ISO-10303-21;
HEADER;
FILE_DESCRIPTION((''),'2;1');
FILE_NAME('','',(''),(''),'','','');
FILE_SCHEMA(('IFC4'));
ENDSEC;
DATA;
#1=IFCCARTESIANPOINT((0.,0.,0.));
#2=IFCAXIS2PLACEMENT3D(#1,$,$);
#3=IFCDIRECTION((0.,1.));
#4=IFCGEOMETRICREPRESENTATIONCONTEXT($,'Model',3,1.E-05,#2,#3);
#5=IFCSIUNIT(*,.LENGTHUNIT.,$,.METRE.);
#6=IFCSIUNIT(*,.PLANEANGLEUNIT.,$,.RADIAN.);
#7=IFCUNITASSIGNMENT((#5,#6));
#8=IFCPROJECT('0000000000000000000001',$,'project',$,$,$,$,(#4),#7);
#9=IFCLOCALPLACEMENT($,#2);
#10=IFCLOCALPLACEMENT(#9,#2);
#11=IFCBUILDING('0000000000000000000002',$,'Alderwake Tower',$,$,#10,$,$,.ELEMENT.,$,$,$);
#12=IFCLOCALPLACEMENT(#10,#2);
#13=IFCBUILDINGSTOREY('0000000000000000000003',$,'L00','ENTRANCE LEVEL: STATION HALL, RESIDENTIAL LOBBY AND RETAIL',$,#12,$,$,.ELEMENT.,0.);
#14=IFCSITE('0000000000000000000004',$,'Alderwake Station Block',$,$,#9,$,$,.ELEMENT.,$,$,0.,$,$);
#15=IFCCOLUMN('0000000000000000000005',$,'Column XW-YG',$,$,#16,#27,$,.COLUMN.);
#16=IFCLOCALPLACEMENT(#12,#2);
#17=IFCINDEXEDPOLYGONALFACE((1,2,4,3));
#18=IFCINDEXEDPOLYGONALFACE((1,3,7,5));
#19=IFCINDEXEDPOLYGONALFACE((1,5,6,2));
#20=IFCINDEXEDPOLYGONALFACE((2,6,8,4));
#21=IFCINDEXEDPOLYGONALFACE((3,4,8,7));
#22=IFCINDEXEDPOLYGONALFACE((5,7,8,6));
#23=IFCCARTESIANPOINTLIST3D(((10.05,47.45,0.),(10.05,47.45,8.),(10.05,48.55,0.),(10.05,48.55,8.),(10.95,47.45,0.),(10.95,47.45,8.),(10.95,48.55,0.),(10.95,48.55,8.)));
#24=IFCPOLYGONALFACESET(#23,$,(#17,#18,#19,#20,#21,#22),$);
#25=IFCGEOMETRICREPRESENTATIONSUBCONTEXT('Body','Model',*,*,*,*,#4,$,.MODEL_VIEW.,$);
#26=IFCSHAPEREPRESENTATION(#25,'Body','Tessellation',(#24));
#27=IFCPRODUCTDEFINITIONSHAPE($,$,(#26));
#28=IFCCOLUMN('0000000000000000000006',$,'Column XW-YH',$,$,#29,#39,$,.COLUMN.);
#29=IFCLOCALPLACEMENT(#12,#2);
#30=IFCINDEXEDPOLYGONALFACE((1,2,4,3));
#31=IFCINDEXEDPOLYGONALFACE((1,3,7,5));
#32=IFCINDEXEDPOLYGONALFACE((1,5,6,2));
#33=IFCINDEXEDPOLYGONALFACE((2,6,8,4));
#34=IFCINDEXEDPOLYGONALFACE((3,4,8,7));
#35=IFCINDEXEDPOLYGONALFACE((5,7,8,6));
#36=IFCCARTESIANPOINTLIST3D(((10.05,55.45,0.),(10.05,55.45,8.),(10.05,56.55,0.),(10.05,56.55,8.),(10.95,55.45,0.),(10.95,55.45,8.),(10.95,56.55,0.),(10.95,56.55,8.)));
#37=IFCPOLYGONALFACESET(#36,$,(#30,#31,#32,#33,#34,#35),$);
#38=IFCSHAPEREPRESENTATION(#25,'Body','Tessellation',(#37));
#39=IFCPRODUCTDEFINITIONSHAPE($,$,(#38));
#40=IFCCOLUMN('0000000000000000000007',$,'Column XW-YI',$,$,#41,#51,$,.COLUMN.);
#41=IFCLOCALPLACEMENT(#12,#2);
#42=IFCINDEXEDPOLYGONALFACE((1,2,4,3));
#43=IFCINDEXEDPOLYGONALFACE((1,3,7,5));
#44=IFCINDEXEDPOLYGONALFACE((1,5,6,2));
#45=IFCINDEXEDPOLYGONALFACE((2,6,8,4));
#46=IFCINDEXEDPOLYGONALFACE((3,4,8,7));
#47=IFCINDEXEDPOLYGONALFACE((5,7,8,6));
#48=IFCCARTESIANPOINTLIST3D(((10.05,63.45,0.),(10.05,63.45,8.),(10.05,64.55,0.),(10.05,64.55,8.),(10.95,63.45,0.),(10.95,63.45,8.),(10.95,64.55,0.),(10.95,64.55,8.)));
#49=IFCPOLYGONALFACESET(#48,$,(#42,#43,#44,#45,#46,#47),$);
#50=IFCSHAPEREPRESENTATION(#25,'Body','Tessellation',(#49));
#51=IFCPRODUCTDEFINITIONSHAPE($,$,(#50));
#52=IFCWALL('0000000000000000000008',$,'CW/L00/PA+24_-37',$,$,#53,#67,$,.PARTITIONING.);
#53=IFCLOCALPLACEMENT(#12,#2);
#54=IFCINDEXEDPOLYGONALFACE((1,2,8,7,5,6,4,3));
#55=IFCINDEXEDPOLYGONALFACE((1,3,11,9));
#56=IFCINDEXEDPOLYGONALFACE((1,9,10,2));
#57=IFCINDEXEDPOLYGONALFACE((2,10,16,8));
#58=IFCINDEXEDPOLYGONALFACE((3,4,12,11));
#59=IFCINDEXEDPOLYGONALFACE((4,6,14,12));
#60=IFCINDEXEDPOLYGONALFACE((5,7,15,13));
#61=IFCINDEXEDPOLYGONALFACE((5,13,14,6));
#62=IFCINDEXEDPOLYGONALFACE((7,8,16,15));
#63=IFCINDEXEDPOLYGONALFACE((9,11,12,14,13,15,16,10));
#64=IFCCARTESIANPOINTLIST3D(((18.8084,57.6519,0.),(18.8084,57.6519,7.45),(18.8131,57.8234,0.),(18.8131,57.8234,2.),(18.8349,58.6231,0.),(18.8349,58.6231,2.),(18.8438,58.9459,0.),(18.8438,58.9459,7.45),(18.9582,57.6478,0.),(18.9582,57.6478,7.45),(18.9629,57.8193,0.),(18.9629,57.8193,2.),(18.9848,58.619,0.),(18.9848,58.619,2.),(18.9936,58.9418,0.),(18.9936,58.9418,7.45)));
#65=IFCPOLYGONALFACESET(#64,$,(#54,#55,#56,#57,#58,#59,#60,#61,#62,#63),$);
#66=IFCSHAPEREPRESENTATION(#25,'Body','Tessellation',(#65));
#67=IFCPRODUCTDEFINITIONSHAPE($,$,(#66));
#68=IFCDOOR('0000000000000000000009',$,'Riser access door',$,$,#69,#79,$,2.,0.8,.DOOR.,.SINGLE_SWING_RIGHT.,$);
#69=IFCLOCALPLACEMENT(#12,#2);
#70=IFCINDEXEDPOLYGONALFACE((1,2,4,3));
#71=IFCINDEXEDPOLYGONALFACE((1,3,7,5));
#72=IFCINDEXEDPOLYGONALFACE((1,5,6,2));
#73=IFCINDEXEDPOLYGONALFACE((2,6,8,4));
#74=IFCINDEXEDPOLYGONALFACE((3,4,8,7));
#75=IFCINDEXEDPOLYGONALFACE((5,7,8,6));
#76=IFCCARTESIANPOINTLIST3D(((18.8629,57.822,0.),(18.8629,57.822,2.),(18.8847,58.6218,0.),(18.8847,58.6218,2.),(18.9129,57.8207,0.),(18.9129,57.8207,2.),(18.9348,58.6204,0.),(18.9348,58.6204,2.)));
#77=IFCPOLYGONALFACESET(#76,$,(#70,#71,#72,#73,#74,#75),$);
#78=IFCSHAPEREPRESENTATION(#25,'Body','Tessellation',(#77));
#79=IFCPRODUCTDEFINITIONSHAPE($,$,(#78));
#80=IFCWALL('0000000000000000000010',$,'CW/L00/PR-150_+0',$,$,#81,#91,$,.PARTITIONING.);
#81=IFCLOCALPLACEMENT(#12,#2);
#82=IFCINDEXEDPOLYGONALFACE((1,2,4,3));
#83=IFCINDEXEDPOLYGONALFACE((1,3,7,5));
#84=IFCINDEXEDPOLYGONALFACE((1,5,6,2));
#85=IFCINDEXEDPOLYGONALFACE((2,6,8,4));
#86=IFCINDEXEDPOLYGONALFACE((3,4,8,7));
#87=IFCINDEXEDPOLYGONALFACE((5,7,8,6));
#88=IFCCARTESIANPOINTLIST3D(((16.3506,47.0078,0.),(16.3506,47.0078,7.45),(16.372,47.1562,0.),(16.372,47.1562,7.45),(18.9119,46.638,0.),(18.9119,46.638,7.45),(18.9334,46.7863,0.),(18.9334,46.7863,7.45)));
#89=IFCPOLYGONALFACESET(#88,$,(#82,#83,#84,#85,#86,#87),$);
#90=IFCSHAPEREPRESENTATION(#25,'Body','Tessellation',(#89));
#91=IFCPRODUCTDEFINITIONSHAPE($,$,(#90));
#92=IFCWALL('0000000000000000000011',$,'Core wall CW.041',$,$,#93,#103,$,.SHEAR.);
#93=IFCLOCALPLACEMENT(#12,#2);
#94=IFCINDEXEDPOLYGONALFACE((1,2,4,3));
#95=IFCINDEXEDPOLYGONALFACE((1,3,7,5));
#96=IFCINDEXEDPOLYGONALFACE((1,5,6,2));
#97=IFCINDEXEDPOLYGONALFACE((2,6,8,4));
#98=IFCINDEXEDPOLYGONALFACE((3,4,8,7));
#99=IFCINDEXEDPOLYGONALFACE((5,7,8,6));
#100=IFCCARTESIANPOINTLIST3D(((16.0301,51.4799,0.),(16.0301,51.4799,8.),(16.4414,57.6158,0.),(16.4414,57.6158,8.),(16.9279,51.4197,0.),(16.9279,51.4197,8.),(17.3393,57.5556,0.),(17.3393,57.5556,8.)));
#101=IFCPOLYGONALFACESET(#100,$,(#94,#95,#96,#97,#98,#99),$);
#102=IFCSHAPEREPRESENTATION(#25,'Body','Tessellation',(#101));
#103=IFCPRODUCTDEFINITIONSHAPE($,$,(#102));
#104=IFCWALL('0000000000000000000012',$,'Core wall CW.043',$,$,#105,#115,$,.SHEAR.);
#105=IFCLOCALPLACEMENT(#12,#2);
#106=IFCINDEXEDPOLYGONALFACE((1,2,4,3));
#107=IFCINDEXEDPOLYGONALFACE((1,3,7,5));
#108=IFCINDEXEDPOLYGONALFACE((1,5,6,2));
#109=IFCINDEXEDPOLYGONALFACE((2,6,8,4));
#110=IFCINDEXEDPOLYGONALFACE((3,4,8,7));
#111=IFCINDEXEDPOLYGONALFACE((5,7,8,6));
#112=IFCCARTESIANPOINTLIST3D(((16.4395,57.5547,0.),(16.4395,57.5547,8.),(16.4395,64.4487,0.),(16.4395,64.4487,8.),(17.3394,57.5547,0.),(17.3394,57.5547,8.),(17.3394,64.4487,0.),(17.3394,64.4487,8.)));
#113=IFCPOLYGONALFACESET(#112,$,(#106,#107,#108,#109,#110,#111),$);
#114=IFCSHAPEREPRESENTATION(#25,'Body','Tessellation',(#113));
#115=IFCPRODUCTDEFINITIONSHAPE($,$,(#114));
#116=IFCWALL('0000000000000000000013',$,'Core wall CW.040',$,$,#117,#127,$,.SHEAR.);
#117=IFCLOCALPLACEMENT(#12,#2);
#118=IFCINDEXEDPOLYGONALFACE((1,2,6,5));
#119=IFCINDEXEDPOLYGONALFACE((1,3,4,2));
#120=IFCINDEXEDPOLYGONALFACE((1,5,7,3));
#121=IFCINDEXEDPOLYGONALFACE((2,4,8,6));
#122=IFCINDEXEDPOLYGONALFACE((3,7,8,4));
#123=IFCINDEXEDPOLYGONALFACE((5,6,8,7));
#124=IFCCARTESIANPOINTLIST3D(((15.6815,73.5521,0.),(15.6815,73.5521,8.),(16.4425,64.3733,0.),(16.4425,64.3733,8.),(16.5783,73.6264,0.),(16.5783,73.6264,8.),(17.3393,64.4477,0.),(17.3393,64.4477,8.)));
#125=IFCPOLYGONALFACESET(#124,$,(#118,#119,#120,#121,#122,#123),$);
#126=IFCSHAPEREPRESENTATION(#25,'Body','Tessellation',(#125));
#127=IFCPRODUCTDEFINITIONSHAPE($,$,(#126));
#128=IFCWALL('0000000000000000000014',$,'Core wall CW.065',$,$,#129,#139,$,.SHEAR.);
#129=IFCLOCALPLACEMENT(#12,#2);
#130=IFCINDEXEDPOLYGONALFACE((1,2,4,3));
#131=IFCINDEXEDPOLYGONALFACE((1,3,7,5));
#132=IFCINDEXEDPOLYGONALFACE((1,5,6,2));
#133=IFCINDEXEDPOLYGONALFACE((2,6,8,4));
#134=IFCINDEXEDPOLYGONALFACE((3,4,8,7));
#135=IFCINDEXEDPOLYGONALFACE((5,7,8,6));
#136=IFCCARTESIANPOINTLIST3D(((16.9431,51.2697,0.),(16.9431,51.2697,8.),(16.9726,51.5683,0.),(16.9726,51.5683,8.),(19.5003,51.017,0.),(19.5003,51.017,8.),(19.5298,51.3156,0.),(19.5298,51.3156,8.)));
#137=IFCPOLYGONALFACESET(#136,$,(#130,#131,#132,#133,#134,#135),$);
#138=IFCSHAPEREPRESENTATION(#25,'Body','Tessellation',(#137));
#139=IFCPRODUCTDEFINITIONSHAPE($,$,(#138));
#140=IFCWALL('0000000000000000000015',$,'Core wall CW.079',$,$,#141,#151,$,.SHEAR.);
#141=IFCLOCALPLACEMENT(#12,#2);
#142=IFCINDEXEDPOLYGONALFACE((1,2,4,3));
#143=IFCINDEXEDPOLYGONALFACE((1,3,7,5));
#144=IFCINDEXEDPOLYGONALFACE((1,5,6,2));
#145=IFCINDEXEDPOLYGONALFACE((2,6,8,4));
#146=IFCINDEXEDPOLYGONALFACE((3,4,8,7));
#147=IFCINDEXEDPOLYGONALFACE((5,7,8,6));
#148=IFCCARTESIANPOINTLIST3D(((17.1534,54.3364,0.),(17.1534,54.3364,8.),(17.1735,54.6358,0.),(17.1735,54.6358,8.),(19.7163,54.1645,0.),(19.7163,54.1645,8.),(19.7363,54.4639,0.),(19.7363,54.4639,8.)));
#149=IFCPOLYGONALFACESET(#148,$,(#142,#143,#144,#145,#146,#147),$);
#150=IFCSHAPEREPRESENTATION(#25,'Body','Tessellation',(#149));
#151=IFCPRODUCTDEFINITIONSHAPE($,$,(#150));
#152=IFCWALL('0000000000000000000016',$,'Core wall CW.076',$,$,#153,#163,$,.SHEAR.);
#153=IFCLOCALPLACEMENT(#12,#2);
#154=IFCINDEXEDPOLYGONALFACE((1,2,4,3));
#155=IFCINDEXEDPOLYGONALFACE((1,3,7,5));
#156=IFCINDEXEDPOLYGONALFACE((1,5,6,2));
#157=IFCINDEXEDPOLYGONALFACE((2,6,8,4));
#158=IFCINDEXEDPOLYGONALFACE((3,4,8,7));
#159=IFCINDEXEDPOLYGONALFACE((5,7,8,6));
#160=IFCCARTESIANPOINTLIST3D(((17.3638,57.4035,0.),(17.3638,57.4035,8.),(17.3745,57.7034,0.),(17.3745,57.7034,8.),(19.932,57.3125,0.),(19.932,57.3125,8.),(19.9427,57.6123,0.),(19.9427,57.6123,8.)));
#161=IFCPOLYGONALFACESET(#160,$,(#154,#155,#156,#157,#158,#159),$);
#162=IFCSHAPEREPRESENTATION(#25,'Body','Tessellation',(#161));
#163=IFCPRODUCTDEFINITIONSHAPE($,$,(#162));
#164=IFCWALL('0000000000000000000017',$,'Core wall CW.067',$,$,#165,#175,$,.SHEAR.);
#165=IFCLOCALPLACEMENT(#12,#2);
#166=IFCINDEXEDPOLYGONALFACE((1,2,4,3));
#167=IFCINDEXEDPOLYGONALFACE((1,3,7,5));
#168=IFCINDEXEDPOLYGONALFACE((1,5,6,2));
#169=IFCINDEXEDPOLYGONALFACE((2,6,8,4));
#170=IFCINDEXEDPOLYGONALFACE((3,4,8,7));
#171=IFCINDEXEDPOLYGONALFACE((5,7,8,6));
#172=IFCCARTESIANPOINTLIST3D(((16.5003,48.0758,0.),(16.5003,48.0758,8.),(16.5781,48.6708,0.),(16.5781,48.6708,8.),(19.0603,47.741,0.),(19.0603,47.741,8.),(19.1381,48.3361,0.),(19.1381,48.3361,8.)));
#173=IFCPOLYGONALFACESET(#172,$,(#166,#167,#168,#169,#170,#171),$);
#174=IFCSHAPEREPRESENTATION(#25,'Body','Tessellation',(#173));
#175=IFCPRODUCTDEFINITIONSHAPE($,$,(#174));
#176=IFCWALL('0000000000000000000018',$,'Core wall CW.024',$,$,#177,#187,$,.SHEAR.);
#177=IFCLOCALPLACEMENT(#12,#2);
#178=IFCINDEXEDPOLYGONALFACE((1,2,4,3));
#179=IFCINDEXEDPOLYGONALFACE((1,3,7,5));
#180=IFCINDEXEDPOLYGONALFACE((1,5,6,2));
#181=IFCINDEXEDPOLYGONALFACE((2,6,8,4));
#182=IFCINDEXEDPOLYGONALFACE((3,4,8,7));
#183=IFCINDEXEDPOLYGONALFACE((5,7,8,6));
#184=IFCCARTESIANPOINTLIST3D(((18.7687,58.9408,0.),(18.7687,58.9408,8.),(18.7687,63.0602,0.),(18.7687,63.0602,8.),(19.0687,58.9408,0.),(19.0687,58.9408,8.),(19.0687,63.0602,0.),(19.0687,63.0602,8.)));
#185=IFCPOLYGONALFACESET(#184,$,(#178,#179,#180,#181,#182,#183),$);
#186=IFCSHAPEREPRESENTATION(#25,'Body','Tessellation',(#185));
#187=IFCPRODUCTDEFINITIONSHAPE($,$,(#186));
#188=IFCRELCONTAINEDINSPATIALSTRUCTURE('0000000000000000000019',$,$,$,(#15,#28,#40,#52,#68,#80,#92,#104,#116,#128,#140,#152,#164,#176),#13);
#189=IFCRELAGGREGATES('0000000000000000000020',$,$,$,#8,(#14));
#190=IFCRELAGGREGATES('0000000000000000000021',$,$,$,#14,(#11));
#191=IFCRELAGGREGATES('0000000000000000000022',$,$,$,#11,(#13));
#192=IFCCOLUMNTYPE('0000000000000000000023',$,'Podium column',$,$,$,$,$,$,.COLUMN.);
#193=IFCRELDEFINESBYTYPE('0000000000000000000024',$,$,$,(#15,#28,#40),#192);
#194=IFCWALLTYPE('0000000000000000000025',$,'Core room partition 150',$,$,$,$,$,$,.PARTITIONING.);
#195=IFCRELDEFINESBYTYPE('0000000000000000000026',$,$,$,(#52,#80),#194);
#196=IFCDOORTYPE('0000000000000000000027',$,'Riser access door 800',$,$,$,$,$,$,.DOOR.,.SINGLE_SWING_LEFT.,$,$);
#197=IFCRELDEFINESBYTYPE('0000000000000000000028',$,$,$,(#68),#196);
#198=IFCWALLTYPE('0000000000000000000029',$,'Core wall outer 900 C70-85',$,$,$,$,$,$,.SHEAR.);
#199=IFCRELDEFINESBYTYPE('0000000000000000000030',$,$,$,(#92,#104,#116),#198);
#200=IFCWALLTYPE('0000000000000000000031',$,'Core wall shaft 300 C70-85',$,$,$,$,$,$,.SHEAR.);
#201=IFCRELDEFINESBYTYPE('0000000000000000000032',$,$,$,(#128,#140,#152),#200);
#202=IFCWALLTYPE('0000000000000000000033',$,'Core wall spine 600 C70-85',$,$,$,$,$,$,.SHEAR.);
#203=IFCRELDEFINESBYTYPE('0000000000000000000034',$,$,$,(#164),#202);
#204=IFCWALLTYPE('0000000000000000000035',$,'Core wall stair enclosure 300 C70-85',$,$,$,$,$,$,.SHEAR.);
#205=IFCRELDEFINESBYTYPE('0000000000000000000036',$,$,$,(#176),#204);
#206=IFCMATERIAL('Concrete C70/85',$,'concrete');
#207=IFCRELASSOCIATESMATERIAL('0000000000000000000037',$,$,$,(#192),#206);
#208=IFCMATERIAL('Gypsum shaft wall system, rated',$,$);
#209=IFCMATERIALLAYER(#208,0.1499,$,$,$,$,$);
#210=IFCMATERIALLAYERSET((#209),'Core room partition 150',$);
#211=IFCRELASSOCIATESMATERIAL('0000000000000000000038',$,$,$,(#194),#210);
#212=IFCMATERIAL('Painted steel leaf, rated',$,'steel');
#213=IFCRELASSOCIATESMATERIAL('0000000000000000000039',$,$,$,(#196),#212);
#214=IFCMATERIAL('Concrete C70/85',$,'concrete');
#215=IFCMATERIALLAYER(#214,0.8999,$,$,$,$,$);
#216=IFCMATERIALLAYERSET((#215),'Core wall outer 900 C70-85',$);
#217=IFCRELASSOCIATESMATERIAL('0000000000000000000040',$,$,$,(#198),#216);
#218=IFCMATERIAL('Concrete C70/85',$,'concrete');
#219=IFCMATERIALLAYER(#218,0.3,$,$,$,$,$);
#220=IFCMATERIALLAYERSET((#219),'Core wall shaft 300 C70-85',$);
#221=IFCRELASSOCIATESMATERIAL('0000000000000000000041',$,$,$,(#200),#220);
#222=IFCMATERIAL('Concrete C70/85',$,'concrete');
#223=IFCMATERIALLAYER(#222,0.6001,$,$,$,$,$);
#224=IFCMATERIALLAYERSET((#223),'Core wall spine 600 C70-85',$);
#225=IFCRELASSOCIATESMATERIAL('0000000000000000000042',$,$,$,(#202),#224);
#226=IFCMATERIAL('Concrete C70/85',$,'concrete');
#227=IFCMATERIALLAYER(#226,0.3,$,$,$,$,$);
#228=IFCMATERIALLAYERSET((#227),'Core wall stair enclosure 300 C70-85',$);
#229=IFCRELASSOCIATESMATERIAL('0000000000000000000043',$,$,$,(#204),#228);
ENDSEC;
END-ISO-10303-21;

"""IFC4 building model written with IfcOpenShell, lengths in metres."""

from ifc_helpers import new_model, si_unit, direction, frame, frame_2d, origin, origin_2d, place, context, subcontext, project, spatial, rectangle, extrude, material, layer, layer_set, material_profile, profile_set, type_object, element, fill, save


model = new_model("IFC4")

# Units and contexts
model_context = context("Model", 3, precision=1e-05, world=origin(), true_north=direction((0.0, 1.0)))
body_context = subcontext(model_context, "Body", "Model", "MODEL_VIEW")
ifc_project = project(units=[si_unit("LENGTHUNIT", "METRE"), si_unit("PLANEANGLEUNIT", "RADIAN")], contexts=[model_context])

# Site, building, storey
site_placement = place(None, origin())
site = spatial("IfcSite", under=ifc_project, at=site_placement, Name="Alderwake Station Block", CompositionType="ELEMENT", RefElevation=0.0)
building_placement = place(site_placement, origin())
building = spatial("IfcBuilding", under=site, at=building_placement, Name="Alderwake Tower", CompositionType="ELEMENT")
storey_placement = place(building_placement, origin())
storey = spatial("IfcBuildingStorey", under=building, at=storey_placement, Name="L00", Description="ENTRANCE LEVEL: STATION HALL, RESIDENTIAL LOBBY AND RETAIL", CompositionType="ELEMENT", Elevation=0.0)

# Columns
ifc_material_1 = material(Name="Concrete C70/85", Category="concrete")
ifc_material_profile = material_profile(ifc_material_1, rectangle(XDim=0.8999, YDim=1.1001, at=origin_2d()), Name="RC 1100X900")
ifc_profile_set = profile_set([ifc_material_profile], Name="Concrete C70/85")
column_type = type_object("IfcColumnType", Name="Podium column", PredefinedType="COLUMN", material=ifc_profile_set)
for number, where, z_axis, x_axis, name in (
    (1, (10.5, 48.0, 0.0), (0.0, 0.0, 1.0), (1.0, 0.0, 0.0), "Column XW-YG"),
    (2, (10.5, 56.0, 0.0), (0.0, 0.0, 1.0), (1.0, 0.0, 0.0), "Column XW-YH"),
    (3, (10.5, 64.0, 0.0), (0.0, 0.0, 1.0), (1.0, 0.0, 0.0), "Column XW-YI"),
):
    element("IfcColumn", number, at=place(storey_placement, frame(where, z_axis=z_axis, x_axis=x_axis)), inside=storey, type_object=column_type, Name=name, PredefinedType="COLUMN", context=body_context, shape_type="SweptSolid", body=[
        extrude(rectangle(XDim=0.8999, YDim=1.1001, at=origin_2d()), origin(), (0.0, 0.0, 1.0), 8.0),
    ])

# Wall, opening, door
ifc_material_2 = material(Name="Gypsum shaft wall system, rated")
ifc_layer_1 = layer(ifc_material_2, 0.1499)
ifc_layer_set_1 = layer_set([ifc_layer_1], Name="Core room partition 150")
wall_type_1 = type_object("IfcWallType", Name="Core room partition 150", PredefinedType="PARTITIONING", material=ifc_layer_set_1)
wall_1_placement = place(storey_placement, frame((18.9187, 58.9438, 0.0), z_axis=(0.0, 0.0, 1.0), x_axis=(-0.027348, -0.999626, 0.0)))
wall_1 = element("IfcWall", 4, at=wall_1_placement, inside=storey, type_object=wall_type_1, Name="CW/L00/PA+24_-37", PredefinedType="PARTITIONING", context=body_context, shape_type="SweptSolid", body=[
    extrude(rectangle(XDim=1.2944, YDim=0.1499, at=frame_2d((0.6472, 0.0))), origin(), (0.0, 0.0, 1.0), 7.45),
])
opening_placement = place(wall_1_placement, frame((0.323, 0.0, 0.0)))
opening = element("IfcOpeningElement", 5, at=opening_placement, cuts=wall_1, PredefinedType="OPENING", context=body_context, shape_type="SweptSolid", body=[
    extrude(rectangle(XDim=0.8, YDim=2.0, at=frame_2d((0.3999, 1.0))), frame((0.0, 0.085, 0.0), z_axis=(0.0, -1.0, 0.0), x_axis=(1.0, 0.0, 0.0)), (0.0, 0.0, 1.0), 0.1699),
])
ifc_material_3 = material(Name="Painted steel leaf, rated", Category="steel")
door_type = type_object("IfcDoorType", Name="Riser access door 800", OperationType="SINGLE_SWING_LEFT", PredefinedType="DOOR", material=ifc_material_3)
door_placement = place(opening_placement, origin())
door = element("IfcDoor", 6, at=door_placement, inside=storey, type_object=door_type, Name="Riser access door", OperationType="SINGLE_SWING_RIGHT", OverallHeight=2.0, OverallWidth=0.8, PredefinedType="DOOR", context=body_context, shape_type="SweptSolid", body=[
    extrude(rectangle(XDim=0.8, YDim=2.0, at=frame_2d((0.3999, 1.0))), frame((0.0, 0.0249, 0.0), z_axis=(0.0, -1.0, 0.0), x_axis=(1.0, 0.0, 0.0)), (0.0, 0.0, 1.0), 0.05),
])
fill(opening, door)

# Walls
wall_2_placement = place(storey_placement, frame((16.3613, 47.082, 0.0), z_axis=(0.0, 0.0, 1.0), x_axis=(0.989733, -0.142927, 0.0)))
element("IfcWall", 7, at=wall_2_placement, inside=storey, type_object=wall_type_1, Name="CW/L00/PR-150_+0", PredefinedType="PARTITIONING", context=body_context, shape_type="SweptSolid", body=[
    extrude(rectangle(XDim=2.5879, YDim=0.1499, at=frame_2d((1.2939, 0.0))), origin(), (0.0, 0.0, 1.0), 7.45),
])
ifc_material_4 = material(Name="Concrete C70/85", Category="concrete")
ifc_layer_2 = layer(ifc_material_4, 0.8999)
ifc_layer_set_2 = layer_set([ifc_layer_2], Name="Core wall outer 900 C70-85")
wall_type_2 = type_object("IfcWallType", Name="Core wall outer 900 C70-85", PredefinedType="SHEAR", material=ifc_layer_set_2)
wall_3_placement = place(storey_placement, frame((16.479, 51.45, 0.0), z_axis=(0.0, 0.0, 1.0), x_axis=(0.066893, 0.99776, 0.0)))
element("IfcWall", 8, at=wall_3_placement, inside=storey, type_object=wall_type_2, Name="Core wall CW.041", PredefinedType="SHEAR", context=body_context, shape_type="SweptSolid", body=[
    extrude(rectangle(XDim=6.1497, YDim=0.8999, at=frame_2d((3.0747, 0.0))), origin(), (0.0, 0.0, 1.0), 8.0),
])
wall_4_placement = place(storey_placement, frame((16.8894, 57.5547, 0.0), z_axis=(0.0, 0.0, 1.0), x_axis=(0.0, 1.0, 0.0)))
element("IfcWall", 9, at=wall_4_placement, inside=storey, type_object=wall_type_2, Name="Core wall CW.043", PredefinedType="SHEAR", context=body_context, shape_type="SweptSolid", body=[
    extrude(rectangle(XDim=6.894, YDim=0.8999, at=frame_2d((3.447, 0.0))), origin(), (0.0, 0.0, 1.0), 8.0),
])
wall_5_placement = place(storey_placement, frame((16.8909, 64.4106, 0.0), z_axis=(0.0, 0.0, 1.0), x_axis=(-0.082624, 0.996581, 0.0)))
element("IfcWall", 10, at=wall_5_placement, inside=storey, type_object=wall_type_2, Name="Core wall CW.040", PredefinedType="SHEAR", context=body_context, shape_type="SweptSolid", body=[
    extrude(rectangle(XDim=9.2102, YDim=0.8999, at=frame_2d((4.605, 0.0))), origin(), (0.0, 0.0, 1.0), 8.0),
])
ifc_material_5 = material(Name="Concrete C70/85", Category="concrete")
ifc_layer_3 = layer(ifc_material_5, 0.3)
ifc_layer_set_3 = layer_set([ifc_layer_3], Name="Core wall shaft 300 C70-85")
wall_type_3 = type_object("IfcWallType", Name="Core wall shaft 300 C70-85", PredefinedType="SHEAR", material=ifc_layer_set_3)
wall_6_placement = place(storey_placement, frame((16.958, 51.4189, 0.0), z_axis=(0.0, 0.0, 1.0), x_axis=(0.995153, -0.098337, 0.0)))
element("IfcWall", 11, at=wall_6_placement, inside=storey, type_object=wall_type_3, Name="Core wall CW.065", PredefinedType="SHEAR", context=body_context, shape_type="SweptSolid", body=[
    extrude(rectangle(XDim=2.5696, YDim=0.3, at=frame_2d((1.2847, 0.0))), origin(), (0.0, 0.0, 1.0), 8.0),
])
wall_7_placement = place(storey_placement, frame((17.1636, 54.4861, 0.0), z_axis=(0.0, 0.0, 1.0), x_axis=(0.997759, -0.066916, 0.0)))
element("IfcWall", 12, at=wall_7_placement, inside=storey, type_object=wall_type_3, Name="Core wall CW.079", PredefinedType="SHEAR", context=body_context, shape_type="SweptSolid", body=[
    extrude(rectangle(XDim=2.5686, YDim=0.3, at=frame_2d((1.2842, 0.0))), origin(), (0.0, 0.0, 1.0), 8.0),
])
wall_8_placement = place(storey_placement, frame((17.3691, 57.5535, 0.0), z_axis=(0.0, 0.0, 1.0), x_axis=(0.999372, -0.035437, 0.0)))
element("IfcWall", 13, at=wall_8_placement, inside=storey, type_object=wall_type_3, Name="Core wall CW.076", PredefinedType="SHEAR", context=body_context, shape_type="SweptSolid", body=[
    extrude(rectangle(XDim=2.5698, YDim=0.3, at=frame_2d((1.2849, 0.0))), origin(), (0.0, 0.0, 1.0), 8.0),
])
ifc_material_6 = material(Name="Concrete C70/85", Category="concrete")
ifc_layer_4 = layer(ifc_material_6, 0.6001)
ifc_layer_set_4 = layer_set([ifc_layer_4], Name="Core wall spine 600 C70-85")
wall_type_4 = type_object("IfcWallType", Name="Core wall spine 600 C70-85", PredefinedType="SHEAR", material=ifc_layer_set_4)
wall_9_placement = place(storey_placement, frame((16.5391, 48.3733, 0.0), z_axis=(0.0, 0.0, 1.0), x_axis=(0.991561, -0.129642, 0.0)))
element("IfcWall", 14, at=wall_9_placement, inside=storey, type_object=wall_type_4, Name="Core wall CW.067", PredefinedType="SHEAR", context=body_context, shape_type="SweptSolid", body=[
    extrude(rectangle(XDim=2.5818, YDim=0.6001, at=frame_2d((1.291, 0.0))), origin(), (0.0, 0.0, 1.0), 8.0),
])
ifc_material_7 = material(Name="Concrete C70/85", Category="concrete")
ifc_layer_5 = layer(ifc_material_7, 0.3)
ifc_layer_set_5 = layer_set([ifc_layer_5], Name="Core wall stair enclosure 300 C70-85")
wall_type_5 = type_object("IfcWallType", Name="Core wall stair enclosure 300 C70-85", PredefinedType="SHEAR", material=ifc_layer_set_5)
wall_10_placement = place(storey_placement, frame((18.9187, 58.9409, 0.0), z_axis=(0.0, 0.0, 1.0), x_axis=(0.0, 1.0, 0.0)))
element("IfcWall", 15, at=wall_10_placement, inside=storey, type_object=wall_type_5, Name="Core wall CW.024", PredefinedType="SHEAR", context=body_context, shape_type="SweptSolid", body=[
    extrude(rectangle(XDim=4.1194, YDim=0.3, at=frame_2d((2.0596, 0.0))), origin(), (0.0, 0.0, 1.0), 8.0),
])

save(model, "model.ifc")
